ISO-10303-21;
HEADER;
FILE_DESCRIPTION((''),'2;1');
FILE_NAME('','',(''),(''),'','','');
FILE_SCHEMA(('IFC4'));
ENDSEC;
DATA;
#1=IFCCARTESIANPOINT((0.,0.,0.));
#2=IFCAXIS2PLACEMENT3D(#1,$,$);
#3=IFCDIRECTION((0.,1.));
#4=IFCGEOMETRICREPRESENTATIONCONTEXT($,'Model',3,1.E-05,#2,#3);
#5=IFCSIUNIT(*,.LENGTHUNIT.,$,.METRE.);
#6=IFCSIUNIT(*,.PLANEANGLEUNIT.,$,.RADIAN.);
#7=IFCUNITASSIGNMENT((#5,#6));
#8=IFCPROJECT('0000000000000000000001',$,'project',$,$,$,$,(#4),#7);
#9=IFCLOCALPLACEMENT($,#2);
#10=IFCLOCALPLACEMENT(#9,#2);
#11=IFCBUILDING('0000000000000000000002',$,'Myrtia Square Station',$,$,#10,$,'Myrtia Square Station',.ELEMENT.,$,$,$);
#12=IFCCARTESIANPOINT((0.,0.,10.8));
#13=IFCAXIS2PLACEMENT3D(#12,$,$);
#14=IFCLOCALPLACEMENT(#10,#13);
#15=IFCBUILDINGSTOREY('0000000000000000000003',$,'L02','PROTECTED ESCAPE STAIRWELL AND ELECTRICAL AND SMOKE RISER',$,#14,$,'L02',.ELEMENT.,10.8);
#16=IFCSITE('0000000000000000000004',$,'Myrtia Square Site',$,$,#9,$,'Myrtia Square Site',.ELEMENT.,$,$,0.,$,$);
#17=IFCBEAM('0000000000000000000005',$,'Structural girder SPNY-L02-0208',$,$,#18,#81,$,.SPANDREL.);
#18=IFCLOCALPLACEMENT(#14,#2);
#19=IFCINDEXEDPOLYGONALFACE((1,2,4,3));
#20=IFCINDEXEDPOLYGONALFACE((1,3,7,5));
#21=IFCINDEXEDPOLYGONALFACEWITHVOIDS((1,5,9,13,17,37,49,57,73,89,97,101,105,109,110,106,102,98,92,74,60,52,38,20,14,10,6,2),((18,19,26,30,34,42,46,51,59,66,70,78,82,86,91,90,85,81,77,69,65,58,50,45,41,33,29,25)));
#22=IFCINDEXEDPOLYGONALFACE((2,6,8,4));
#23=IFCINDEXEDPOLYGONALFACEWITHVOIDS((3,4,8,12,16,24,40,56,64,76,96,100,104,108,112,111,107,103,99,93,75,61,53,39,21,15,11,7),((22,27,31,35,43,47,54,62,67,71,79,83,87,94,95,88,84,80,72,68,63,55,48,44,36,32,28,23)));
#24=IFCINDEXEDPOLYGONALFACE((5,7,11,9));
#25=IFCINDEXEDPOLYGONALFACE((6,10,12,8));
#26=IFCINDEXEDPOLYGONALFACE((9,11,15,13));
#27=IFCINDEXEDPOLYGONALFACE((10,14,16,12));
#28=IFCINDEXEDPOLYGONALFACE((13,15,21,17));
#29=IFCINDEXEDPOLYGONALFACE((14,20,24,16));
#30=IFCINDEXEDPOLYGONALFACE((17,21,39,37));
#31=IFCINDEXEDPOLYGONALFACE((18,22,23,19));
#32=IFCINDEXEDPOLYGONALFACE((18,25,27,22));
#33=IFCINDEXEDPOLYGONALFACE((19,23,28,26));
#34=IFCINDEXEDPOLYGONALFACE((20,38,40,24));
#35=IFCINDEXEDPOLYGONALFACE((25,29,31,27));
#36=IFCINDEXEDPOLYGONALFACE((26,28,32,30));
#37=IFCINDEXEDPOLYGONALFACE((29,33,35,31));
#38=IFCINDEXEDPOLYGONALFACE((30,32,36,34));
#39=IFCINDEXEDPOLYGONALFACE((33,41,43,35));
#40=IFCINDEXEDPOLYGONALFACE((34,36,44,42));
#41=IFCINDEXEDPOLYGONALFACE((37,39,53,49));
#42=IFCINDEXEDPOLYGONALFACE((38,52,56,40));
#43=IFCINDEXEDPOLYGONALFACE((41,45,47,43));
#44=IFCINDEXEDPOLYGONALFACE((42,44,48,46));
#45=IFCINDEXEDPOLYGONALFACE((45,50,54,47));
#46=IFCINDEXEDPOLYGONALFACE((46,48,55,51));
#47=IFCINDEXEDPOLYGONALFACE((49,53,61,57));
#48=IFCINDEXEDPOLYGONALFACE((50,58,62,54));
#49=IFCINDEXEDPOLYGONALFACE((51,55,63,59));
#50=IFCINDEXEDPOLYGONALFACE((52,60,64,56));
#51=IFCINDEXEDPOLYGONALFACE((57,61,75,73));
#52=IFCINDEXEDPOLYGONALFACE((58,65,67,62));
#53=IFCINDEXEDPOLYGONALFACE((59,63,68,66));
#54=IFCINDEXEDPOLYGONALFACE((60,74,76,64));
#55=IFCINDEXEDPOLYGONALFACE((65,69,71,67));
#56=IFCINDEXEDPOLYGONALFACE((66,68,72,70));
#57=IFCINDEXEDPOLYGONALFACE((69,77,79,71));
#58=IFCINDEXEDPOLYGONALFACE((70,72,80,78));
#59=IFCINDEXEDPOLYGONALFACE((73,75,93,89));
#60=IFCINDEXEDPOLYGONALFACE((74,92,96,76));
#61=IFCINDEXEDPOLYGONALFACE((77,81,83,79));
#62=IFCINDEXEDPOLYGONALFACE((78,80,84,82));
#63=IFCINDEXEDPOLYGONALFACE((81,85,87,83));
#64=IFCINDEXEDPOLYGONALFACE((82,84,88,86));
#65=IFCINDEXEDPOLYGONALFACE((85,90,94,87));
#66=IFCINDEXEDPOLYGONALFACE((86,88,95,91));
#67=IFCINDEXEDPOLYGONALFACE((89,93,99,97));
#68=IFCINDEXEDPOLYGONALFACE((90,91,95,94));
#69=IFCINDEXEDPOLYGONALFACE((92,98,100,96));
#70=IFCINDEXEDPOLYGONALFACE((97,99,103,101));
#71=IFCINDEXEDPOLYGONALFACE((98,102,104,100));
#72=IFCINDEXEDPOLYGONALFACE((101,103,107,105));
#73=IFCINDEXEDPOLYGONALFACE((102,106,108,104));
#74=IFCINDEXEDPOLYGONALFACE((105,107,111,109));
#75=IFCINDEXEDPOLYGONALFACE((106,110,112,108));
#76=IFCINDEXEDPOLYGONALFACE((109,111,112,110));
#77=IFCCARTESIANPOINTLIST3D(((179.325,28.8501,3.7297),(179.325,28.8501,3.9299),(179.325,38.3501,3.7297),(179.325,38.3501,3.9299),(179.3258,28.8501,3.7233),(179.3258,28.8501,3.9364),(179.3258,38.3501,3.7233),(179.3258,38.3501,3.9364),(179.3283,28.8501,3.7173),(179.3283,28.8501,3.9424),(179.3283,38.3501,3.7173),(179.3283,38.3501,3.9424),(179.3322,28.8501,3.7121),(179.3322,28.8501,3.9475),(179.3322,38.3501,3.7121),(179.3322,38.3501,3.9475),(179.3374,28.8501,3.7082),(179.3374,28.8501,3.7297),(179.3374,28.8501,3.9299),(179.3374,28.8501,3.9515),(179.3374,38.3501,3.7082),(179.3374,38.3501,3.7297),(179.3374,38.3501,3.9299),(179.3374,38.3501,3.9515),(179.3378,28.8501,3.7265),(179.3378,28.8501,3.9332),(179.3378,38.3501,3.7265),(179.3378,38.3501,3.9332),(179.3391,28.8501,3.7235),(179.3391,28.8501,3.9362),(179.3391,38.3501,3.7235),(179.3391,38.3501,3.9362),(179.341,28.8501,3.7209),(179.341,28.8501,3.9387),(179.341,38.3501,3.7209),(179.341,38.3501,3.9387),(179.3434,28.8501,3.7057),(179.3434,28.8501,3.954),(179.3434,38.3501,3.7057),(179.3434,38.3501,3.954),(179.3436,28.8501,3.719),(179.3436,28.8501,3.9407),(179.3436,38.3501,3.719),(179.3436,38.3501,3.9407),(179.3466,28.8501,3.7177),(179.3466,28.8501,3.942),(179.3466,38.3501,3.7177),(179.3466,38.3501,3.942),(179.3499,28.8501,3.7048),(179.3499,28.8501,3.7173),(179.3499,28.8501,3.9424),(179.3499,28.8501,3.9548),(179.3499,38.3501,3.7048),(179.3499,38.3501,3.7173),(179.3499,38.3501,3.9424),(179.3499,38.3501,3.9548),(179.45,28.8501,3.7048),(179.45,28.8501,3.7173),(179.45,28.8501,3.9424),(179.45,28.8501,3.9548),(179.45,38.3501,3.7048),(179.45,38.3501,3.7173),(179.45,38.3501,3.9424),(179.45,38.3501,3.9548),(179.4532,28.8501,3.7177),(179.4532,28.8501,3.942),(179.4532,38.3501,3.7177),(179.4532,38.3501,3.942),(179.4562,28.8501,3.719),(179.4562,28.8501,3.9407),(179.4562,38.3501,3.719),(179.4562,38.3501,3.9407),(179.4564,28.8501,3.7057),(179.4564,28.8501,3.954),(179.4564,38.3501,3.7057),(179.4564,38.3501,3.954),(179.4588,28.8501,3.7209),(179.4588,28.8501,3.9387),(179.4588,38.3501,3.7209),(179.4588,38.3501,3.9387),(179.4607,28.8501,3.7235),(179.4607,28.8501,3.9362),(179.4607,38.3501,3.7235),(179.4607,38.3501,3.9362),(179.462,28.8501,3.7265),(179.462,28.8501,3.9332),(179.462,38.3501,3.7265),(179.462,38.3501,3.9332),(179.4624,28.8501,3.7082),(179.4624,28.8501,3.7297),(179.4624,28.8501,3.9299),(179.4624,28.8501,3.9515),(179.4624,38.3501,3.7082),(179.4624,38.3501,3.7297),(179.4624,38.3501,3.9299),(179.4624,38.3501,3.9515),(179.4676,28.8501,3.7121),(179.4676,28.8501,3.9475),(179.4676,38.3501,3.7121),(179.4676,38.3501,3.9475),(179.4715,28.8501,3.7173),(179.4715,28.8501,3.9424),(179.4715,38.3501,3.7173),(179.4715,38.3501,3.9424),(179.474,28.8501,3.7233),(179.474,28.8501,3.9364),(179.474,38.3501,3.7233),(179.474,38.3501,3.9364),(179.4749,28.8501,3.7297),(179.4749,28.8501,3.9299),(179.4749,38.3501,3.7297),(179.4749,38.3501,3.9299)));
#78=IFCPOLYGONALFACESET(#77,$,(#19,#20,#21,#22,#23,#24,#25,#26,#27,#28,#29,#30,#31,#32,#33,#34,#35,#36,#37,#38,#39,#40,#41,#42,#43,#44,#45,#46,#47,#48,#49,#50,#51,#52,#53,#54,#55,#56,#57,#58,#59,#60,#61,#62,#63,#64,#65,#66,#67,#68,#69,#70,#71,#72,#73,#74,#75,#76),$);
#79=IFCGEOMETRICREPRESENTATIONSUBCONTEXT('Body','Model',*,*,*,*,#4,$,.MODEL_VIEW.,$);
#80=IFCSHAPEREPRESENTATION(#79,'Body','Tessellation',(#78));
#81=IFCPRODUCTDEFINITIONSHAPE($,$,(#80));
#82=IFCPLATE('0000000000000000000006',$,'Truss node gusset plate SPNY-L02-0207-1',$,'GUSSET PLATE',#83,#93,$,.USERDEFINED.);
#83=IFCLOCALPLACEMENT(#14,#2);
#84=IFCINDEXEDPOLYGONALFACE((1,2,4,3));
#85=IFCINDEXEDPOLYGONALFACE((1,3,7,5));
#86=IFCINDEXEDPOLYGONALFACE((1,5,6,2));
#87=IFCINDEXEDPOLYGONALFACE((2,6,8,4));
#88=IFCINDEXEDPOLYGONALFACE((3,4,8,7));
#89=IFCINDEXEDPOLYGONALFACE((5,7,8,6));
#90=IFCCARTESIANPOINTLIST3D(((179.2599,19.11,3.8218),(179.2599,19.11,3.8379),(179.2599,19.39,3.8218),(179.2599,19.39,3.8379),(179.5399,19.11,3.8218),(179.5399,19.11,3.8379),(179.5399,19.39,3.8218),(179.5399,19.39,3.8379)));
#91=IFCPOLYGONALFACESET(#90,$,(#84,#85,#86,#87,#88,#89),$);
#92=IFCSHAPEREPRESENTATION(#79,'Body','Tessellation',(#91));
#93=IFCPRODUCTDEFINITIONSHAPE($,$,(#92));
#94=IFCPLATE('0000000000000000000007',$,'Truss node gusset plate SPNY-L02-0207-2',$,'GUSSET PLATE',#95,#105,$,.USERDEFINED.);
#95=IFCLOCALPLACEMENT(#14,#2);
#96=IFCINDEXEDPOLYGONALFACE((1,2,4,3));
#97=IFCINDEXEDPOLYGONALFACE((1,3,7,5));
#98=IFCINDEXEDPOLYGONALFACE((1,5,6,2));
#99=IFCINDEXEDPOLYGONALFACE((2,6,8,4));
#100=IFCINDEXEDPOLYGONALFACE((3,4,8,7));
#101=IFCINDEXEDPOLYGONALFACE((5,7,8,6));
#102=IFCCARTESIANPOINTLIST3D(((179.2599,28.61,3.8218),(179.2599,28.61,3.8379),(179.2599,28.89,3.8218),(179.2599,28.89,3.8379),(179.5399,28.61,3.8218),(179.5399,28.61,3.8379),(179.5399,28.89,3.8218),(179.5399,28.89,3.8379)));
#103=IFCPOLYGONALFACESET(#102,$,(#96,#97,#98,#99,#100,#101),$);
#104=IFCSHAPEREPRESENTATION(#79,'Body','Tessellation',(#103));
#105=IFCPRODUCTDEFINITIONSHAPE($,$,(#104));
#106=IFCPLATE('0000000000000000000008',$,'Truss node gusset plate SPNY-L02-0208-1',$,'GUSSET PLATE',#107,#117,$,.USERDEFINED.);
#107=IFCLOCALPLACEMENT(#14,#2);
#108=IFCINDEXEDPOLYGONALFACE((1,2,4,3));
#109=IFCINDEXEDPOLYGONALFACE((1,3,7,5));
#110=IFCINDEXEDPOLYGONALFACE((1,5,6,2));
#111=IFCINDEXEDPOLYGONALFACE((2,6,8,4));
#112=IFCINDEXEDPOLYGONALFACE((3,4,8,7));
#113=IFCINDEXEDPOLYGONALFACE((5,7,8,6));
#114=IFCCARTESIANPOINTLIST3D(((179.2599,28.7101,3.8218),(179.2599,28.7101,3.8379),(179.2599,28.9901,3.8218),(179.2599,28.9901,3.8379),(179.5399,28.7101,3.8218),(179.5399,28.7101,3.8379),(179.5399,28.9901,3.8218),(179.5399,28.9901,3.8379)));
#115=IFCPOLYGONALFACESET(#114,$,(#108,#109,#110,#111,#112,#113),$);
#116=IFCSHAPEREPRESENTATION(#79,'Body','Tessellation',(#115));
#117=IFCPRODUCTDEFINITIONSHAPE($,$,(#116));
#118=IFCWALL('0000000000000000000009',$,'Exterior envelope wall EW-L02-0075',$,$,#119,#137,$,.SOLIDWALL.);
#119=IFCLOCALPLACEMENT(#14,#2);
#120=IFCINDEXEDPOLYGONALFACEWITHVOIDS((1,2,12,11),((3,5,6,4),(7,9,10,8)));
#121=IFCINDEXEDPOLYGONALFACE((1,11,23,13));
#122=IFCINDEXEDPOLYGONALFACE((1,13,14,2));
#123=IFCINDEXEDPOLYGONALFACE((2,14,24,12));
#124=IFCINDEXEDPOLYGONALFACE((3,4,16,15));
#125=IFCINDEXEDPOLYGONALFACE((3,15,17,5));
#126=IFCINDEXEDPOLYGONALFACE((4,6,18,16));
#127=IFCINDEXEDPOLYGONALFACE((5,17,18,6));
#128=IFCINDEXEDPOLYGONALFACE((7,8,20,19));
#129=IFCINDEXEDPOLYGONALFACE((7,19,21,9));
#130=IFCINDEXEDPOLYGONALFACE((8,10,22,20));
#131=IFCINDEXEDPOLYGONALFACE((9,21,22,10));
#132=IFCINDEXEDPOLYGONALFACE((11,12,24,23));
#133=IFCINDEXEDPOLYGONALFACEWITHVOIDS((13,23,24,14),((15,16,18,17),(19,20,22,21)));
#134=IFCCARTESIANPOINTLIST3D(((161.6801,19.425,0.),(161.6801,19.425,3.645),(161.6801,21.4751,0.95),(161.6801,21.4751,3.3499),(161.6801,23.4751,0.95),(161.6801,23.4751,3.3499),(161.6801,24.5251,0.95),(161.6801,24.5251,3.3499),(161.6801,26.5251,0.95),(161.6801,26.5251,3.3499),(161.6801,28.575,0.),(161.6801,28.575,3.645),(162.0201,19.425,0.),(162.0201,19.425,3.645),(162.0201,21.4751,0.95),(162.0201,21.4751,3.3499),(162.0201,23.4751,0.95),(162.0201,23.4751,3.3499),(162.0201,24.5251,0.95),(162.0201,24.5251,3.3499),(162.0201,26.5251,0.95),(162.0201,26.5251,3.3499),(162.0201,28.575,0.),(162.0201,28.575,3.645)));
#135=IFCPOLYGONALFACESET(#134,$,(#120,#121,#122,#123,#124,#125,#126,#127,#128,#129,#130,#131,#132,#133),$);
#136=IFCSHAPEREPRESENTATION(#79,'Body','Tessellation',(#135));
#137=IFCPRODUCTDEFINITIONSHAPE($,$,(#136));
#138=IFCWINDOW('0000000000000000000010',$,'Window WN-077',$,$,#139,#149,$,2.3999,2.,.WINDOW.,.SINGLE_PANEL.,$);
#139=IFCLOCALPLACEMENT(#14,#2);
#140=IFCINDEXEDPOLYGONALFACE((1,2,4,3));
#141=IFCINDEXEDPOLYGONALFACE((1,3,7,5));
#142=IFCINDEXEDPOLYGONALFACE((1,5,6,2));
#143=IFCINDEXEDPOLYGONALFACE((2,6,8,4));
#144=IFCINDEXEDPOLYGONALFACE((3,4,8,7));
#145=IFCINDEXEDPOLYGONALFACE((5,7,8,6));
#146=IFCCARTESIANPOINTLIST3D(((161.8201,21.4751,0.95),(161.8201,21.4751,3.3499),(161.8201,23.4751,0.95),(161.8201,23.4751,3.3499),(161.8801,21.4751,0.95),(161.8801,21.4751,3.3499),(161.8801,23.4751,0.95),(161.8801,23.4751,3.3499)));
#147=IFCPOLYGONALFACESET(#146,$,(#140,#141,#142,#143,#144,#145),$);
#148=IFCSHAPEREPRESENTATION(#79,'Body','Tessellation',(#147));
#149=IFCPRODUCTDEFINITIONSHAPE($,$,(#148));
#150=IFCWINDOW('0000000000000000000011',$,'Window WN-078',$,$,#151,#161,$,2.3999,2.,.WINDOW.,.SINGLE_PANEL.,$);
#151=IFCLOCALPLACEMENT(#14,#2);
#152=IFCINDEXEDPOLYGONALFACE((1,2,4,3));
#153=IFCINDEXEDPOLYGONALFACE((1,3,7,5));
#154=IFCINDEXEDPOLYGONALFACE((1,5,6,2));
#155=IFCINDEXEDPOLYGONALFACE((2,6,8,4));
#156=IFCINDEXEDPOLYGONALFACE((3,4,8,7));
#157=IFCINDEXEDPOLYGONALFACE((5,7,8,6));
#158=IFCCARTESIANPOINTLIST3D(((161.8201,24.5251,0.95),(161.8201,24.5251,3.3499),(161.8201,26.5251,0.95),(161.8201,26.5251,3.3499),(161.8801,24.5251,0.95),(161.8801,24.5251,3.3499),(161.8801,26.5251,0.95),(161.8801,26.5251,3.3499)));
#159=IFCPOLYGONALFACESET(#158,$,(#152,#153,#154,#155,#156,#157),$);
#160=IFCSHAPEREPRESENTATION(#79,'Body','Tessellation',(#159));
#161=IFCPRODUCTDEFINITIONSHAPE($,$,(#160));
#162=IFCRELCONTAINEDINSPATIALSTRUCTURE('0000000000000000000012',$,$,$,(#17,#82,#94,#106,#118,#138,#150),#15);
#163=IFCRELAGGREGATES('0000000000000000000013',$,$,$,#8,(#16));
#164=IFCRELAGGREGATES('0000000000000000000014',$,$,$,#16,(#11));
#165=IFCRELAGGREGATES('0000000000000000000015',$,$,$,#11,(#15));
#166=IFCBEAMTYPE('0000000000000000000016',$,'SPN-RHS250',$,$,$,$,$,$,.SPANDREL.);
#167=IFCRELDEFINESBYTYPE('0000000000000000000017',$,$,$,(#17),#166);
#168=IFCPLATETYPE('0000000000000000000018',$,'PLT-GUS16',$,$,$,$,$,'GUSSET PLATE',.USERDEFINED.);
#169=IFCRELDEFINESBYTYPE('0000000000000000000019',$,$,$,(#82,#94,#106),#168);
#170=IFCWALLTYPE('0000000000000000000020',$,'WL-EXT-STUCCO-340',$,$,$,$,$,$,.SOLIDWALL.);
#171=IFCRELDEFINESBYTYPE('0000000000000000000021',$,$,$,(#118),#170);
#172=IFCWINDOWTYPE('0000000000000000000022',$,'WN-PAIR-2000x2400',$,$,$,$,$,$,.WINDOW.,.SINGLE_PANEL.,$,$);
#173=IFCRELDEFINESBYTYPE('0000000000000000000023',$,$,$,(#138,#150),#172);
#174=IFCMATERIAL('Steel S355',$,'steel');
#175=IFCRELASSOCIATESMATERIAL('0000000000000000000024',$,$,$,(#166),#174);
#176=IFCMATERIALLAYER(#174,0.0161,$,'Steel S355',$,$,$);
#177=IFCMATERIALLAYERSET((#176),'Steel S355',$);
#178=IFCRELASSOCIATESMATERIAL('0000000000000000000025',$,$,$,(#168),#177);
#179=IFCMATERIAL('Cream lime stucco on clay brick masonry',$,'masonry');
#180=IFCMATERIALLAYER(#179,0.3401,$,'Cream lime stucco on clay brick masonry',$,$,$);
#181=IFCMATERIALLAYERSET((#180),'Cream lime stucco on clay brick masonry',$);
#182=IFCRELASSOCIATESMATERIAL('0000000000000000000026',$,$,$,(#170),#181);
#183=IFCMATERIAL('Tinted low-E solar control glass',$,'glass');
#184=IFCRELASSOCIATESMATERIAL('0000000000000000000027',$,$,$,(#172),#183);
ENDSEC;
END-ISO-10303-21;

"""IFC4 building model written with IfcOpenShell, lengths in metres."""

from ifc_helpers import new_model, si_unit, direction, frame, frame_2d, origin, origin_2d, place, context, subcontext, project, spatial, rectangle, hollow_rectangle, extrude, material, layer, layer_set, material_profile, profile_set, type_object, element, fill, save


model = new_model("IFC4")

# Units and contexts
model_context = context("Model", 3, precision=1e-05, world=origin(), true_north=direction((0.0, 1.0)))
body_context = subcontext(model_context, "Body", "Model", "MODEL_VIEW")
ifc_project = project(units=[si_unit("LENGTHUNIT", "METRE"), si_unit("PLANEANGLEUNIT", "RADIAN")], contexts=[model_context])

# Site, building, storey
site_placement = place(None, origin())
site = spatial("IfcSite", under=ifc_project, at=site_placement, Name="Myrtia Square Site", LongName="Myrtia Square Site", CompositionType="ELEMENT", RefElevation=0.0)
building_placement = place(site_placement, origin())
building = spatial("IfcBuilding", under=site, at=building_placement, Name="Myrtia Square Station", LongName="Myrtia Square Station", CompositionType="ELEMENT")
storey_placement = place(building_placement, frame((0.0, 0.0, 10.8)))
storey = spatial("IfcBuildingStorey", under=building, at=storey_placement, Name="L02", Description="PROTECTED ESCAPE STAIRWELL AND ELECTRICAL AND SMOKE RISER", LongName="L02", CompositionType="ELEMENT", Elevation=10.8)

# Shared definitions
ifc_material_1 = material(Name="Steel S355", Category="steel")

# Beam
ifc_material_profile_1 = material_profile(ifc_material_1, hollow_rectangle(XDim=0.1499, YDim=0.25, WallThickness=0.0125, InnerFilletRadius=0.0125, OuterFilletRadius=0.0249, at=origin_2d()), Name="RHS 250x150x12.5")
ifc_profile_set_1 = profile_set([ifc_material_profile_1], Name="Steel S355")
beam_type_1 = type_object("IfcBeamType", Name="SPN-RHS250", PredefinedType="SPANDREL", material=ifc_profile_set_1)
for number, where, z_axis, x_axis, name in (
    (1, (179.3999, 28.8501, 3.8298), (0.0, 1.0, 0.0), (-1.0, 0.0, 0.0), "Structural girder SPNY-L02-0208"),
):
    element("IfcBeam", number, at=place(storey_placement, frame(where, z_axis=z_axis, x_axis=x_axis)), inside=storey, type_object=beam_type_1, Name=name, PredefinedType="SPANDREL", context=body_context, shape_type="SweptSolid", body=[
        extrude(hollow_rectangle(XDim=0.1499, YDim=0.25, WallThickness=0.0125, InnerFilletRadius=0.0125, OuterFilletRadius=0.0249, at=origin_2d()), origin(), (0.0, 0.0, 1.0), 9.5),
    ])

# Plates
ifc_layer_1 = layer(ifc_material_1, 0.0161, Name="Steel S355")
ifc_layer_set_1 = layer_set([ifc_layer_1], Name="Steel S355")
plate_type = type_object("IfcPlateType", Name="PLT-GUS16", ElementType="GUSSET PLATE", PredefinedType="USERDEFINED", material=ifc_layer_set_1)
for number, where, z_axis, x_axis, name in (
    (2, (179.3999, 19.25, 3.8218), (0.0, 0.0, 1.0), (0.0, 1.0, 0.0), "Truss node gusset plate SPNY-L02-0207-1"),
    (3, (179.3999, 28.75, 3.8218), (0.0, 0.0, 1.0), (0.0, 1.0, 0.0), "Truss node gusset plate SPNY-L02-0207-2"),
    (4, (179.3999, 28.8501, 3.8218), (0.0, 0.0, 1.0), (0.0, 1.0, 0.0), "Truss node gusset plate SPNY-L02-0208-1"),
):
    element("IfcPlate", number, at=place(storey_placement, frame(where, z_axis=z_axis, x_axis=x_axis)), inside=storey, type_object=plate_type, Name=name, ObjectType="GUSSET PLATE", PredefinedType="USERDEFINED", context=body_context, shape_type="SweptSolid", body=[
        extrude(rectangle(XDim=0.28, YDim=0.28, at=origin_2d()), origin(), (0.0, 0.0, 1.0), 0.0161),
    ])

# Wall, openings, windows
ifc_material_2 = material(Name="Cream lime stucco on clay brick masonry", Category="masonry")
ifc_layer_2 = layer(ifc_material_2, 0.3401, Name="Cream lime stucco on clay brick masonry")
ifc_layer_set_2 = layer_set([ifc_layer_2], Name="Cream lime stucco on clay brick masonry")
wall_type = type_object("IfcWallType", Name="WL-EXT-STUCCO-340", PredefinedType="SOLIDWALL", material=ifc_layer_set_2)
wall_1_placement = place(storey_placement, frame((161.8501, 19.425, 0.0), z_axis=(0.0, 0.0, 1.0), x_axis=(0.0, 1.0, 0.0)))
wall_1 = element("IfcWall", 5, at=wall_1_placement, inside=storey, type_object=wall_type, Name="Exterior envelope wall EW-L02-0075", PredefinedType="SOLIDWALL", context=body_context, shape_type="SweptSolid", body=[
    extrude(rectangle(XDim=9.1499, YDim=0.3401, at=frame_2d((4.575, 0.0))), origin(), (0.0, 0.0, 1.0), 3.645),
])
opening_1_placement = place(wall_1_placement, frame((2.05, 0.0, 0.95)))
opening_1 = element("IfcOpeningElement", 6, at=opening_1_placement, cuts=wall_1, PredefinedType="OPENING", context=body_context, shape_type="SweptSolid", body=[
    extrude(rectangle(XDim=2.0, YDim=2.3999, at=frame_2d((1.0, 1.2))), frame((0.0, 0.1851, 0.0), z_axis=(0.0, -1.0, 0.0), x_axis=(1.0, 0.0, 0.0)), (0.0, 0.0, 1.0), 0.3701),
])
opening_2_placement = place(wall_1_placement, frame((5.1001, 0.0, 0.95)))
opening_2 = element("IfcOpeningElement", 7, at=opening_2_placement, cuts=wall_1, PredefinedType="OPENING", context=body_context, shape_type="SweptSolid", body=[
    extrude(rectangle(XDim=2.0, YDim=2.3999, at=frame_2d((1.0, 1.2))), frame((0.0, 0.1851, 0.0), z_axis=(0.0, -1.0, 0.0), x_axis=(1.0, 0.0, 0.0)), (0.0, 0.0, 1.0), 0.3701),
])
ifc_material_3 = material(Name="Tinted low-E solar control glass", Category="glass")
window_type = type_object("IfcWindowType", Name="WN-PAIR-2000x2400", PartitioningType="SINGLE_PANEL", PredefinedType="WINDOW", material=ifc_material_3)
window_1_placement = place(opening_1_placement, origin())
window_1 = element("IfcWindow", 8, at=window_1_placement, inside=storey, type_object=window_type, Name="Window WN-077", OverallHeight=2.3999, OverallWidth=2.0, PartitioningType="SINGLE_PANEL", PredefinedType="WINDOW", context=body_context, shape_type="SweptSolid", body=[
    extrude(rectangle(XDim=2.0, YDim=2.3999, at=frame_2d((1.0, 1.2))), frame((0.0, 0.03, 0.0), z_axis=(0.0, -1.0, 0.0), x_axis=(1.0, 0.0, 0.0)), (0.0, 0.0, 1.0), 0.0601),
])
fill(opening_1, window_1)
window_2_placement = place(opening_2_placement, origin())
window_2 = element("IfcWindow", 9, at=window_2_placement, inside=storey, type_object=window_type, Name="Window WN-078", OverallHeight=2.3999, OverallWidth=2.0, PartitioningType="SINGLE_PANEL", PredefinedType="WINDOW", context=body_context, shape_type="SweptSolid", body=[
    extrude(rectangle(XDim=2.0, YDim=2.3999, at=frame_2d((1.0, 1.2))), frame((0.0, 0.03, 0.0), z_axis=(0.0, -1.0, 0.0), x_axis=(1.0, 0.0, 0.0)), (0.0, 0.0, 1.0), 0.0601),
])
fill(opening_2, window_2)

save(model, "model.ifc")
